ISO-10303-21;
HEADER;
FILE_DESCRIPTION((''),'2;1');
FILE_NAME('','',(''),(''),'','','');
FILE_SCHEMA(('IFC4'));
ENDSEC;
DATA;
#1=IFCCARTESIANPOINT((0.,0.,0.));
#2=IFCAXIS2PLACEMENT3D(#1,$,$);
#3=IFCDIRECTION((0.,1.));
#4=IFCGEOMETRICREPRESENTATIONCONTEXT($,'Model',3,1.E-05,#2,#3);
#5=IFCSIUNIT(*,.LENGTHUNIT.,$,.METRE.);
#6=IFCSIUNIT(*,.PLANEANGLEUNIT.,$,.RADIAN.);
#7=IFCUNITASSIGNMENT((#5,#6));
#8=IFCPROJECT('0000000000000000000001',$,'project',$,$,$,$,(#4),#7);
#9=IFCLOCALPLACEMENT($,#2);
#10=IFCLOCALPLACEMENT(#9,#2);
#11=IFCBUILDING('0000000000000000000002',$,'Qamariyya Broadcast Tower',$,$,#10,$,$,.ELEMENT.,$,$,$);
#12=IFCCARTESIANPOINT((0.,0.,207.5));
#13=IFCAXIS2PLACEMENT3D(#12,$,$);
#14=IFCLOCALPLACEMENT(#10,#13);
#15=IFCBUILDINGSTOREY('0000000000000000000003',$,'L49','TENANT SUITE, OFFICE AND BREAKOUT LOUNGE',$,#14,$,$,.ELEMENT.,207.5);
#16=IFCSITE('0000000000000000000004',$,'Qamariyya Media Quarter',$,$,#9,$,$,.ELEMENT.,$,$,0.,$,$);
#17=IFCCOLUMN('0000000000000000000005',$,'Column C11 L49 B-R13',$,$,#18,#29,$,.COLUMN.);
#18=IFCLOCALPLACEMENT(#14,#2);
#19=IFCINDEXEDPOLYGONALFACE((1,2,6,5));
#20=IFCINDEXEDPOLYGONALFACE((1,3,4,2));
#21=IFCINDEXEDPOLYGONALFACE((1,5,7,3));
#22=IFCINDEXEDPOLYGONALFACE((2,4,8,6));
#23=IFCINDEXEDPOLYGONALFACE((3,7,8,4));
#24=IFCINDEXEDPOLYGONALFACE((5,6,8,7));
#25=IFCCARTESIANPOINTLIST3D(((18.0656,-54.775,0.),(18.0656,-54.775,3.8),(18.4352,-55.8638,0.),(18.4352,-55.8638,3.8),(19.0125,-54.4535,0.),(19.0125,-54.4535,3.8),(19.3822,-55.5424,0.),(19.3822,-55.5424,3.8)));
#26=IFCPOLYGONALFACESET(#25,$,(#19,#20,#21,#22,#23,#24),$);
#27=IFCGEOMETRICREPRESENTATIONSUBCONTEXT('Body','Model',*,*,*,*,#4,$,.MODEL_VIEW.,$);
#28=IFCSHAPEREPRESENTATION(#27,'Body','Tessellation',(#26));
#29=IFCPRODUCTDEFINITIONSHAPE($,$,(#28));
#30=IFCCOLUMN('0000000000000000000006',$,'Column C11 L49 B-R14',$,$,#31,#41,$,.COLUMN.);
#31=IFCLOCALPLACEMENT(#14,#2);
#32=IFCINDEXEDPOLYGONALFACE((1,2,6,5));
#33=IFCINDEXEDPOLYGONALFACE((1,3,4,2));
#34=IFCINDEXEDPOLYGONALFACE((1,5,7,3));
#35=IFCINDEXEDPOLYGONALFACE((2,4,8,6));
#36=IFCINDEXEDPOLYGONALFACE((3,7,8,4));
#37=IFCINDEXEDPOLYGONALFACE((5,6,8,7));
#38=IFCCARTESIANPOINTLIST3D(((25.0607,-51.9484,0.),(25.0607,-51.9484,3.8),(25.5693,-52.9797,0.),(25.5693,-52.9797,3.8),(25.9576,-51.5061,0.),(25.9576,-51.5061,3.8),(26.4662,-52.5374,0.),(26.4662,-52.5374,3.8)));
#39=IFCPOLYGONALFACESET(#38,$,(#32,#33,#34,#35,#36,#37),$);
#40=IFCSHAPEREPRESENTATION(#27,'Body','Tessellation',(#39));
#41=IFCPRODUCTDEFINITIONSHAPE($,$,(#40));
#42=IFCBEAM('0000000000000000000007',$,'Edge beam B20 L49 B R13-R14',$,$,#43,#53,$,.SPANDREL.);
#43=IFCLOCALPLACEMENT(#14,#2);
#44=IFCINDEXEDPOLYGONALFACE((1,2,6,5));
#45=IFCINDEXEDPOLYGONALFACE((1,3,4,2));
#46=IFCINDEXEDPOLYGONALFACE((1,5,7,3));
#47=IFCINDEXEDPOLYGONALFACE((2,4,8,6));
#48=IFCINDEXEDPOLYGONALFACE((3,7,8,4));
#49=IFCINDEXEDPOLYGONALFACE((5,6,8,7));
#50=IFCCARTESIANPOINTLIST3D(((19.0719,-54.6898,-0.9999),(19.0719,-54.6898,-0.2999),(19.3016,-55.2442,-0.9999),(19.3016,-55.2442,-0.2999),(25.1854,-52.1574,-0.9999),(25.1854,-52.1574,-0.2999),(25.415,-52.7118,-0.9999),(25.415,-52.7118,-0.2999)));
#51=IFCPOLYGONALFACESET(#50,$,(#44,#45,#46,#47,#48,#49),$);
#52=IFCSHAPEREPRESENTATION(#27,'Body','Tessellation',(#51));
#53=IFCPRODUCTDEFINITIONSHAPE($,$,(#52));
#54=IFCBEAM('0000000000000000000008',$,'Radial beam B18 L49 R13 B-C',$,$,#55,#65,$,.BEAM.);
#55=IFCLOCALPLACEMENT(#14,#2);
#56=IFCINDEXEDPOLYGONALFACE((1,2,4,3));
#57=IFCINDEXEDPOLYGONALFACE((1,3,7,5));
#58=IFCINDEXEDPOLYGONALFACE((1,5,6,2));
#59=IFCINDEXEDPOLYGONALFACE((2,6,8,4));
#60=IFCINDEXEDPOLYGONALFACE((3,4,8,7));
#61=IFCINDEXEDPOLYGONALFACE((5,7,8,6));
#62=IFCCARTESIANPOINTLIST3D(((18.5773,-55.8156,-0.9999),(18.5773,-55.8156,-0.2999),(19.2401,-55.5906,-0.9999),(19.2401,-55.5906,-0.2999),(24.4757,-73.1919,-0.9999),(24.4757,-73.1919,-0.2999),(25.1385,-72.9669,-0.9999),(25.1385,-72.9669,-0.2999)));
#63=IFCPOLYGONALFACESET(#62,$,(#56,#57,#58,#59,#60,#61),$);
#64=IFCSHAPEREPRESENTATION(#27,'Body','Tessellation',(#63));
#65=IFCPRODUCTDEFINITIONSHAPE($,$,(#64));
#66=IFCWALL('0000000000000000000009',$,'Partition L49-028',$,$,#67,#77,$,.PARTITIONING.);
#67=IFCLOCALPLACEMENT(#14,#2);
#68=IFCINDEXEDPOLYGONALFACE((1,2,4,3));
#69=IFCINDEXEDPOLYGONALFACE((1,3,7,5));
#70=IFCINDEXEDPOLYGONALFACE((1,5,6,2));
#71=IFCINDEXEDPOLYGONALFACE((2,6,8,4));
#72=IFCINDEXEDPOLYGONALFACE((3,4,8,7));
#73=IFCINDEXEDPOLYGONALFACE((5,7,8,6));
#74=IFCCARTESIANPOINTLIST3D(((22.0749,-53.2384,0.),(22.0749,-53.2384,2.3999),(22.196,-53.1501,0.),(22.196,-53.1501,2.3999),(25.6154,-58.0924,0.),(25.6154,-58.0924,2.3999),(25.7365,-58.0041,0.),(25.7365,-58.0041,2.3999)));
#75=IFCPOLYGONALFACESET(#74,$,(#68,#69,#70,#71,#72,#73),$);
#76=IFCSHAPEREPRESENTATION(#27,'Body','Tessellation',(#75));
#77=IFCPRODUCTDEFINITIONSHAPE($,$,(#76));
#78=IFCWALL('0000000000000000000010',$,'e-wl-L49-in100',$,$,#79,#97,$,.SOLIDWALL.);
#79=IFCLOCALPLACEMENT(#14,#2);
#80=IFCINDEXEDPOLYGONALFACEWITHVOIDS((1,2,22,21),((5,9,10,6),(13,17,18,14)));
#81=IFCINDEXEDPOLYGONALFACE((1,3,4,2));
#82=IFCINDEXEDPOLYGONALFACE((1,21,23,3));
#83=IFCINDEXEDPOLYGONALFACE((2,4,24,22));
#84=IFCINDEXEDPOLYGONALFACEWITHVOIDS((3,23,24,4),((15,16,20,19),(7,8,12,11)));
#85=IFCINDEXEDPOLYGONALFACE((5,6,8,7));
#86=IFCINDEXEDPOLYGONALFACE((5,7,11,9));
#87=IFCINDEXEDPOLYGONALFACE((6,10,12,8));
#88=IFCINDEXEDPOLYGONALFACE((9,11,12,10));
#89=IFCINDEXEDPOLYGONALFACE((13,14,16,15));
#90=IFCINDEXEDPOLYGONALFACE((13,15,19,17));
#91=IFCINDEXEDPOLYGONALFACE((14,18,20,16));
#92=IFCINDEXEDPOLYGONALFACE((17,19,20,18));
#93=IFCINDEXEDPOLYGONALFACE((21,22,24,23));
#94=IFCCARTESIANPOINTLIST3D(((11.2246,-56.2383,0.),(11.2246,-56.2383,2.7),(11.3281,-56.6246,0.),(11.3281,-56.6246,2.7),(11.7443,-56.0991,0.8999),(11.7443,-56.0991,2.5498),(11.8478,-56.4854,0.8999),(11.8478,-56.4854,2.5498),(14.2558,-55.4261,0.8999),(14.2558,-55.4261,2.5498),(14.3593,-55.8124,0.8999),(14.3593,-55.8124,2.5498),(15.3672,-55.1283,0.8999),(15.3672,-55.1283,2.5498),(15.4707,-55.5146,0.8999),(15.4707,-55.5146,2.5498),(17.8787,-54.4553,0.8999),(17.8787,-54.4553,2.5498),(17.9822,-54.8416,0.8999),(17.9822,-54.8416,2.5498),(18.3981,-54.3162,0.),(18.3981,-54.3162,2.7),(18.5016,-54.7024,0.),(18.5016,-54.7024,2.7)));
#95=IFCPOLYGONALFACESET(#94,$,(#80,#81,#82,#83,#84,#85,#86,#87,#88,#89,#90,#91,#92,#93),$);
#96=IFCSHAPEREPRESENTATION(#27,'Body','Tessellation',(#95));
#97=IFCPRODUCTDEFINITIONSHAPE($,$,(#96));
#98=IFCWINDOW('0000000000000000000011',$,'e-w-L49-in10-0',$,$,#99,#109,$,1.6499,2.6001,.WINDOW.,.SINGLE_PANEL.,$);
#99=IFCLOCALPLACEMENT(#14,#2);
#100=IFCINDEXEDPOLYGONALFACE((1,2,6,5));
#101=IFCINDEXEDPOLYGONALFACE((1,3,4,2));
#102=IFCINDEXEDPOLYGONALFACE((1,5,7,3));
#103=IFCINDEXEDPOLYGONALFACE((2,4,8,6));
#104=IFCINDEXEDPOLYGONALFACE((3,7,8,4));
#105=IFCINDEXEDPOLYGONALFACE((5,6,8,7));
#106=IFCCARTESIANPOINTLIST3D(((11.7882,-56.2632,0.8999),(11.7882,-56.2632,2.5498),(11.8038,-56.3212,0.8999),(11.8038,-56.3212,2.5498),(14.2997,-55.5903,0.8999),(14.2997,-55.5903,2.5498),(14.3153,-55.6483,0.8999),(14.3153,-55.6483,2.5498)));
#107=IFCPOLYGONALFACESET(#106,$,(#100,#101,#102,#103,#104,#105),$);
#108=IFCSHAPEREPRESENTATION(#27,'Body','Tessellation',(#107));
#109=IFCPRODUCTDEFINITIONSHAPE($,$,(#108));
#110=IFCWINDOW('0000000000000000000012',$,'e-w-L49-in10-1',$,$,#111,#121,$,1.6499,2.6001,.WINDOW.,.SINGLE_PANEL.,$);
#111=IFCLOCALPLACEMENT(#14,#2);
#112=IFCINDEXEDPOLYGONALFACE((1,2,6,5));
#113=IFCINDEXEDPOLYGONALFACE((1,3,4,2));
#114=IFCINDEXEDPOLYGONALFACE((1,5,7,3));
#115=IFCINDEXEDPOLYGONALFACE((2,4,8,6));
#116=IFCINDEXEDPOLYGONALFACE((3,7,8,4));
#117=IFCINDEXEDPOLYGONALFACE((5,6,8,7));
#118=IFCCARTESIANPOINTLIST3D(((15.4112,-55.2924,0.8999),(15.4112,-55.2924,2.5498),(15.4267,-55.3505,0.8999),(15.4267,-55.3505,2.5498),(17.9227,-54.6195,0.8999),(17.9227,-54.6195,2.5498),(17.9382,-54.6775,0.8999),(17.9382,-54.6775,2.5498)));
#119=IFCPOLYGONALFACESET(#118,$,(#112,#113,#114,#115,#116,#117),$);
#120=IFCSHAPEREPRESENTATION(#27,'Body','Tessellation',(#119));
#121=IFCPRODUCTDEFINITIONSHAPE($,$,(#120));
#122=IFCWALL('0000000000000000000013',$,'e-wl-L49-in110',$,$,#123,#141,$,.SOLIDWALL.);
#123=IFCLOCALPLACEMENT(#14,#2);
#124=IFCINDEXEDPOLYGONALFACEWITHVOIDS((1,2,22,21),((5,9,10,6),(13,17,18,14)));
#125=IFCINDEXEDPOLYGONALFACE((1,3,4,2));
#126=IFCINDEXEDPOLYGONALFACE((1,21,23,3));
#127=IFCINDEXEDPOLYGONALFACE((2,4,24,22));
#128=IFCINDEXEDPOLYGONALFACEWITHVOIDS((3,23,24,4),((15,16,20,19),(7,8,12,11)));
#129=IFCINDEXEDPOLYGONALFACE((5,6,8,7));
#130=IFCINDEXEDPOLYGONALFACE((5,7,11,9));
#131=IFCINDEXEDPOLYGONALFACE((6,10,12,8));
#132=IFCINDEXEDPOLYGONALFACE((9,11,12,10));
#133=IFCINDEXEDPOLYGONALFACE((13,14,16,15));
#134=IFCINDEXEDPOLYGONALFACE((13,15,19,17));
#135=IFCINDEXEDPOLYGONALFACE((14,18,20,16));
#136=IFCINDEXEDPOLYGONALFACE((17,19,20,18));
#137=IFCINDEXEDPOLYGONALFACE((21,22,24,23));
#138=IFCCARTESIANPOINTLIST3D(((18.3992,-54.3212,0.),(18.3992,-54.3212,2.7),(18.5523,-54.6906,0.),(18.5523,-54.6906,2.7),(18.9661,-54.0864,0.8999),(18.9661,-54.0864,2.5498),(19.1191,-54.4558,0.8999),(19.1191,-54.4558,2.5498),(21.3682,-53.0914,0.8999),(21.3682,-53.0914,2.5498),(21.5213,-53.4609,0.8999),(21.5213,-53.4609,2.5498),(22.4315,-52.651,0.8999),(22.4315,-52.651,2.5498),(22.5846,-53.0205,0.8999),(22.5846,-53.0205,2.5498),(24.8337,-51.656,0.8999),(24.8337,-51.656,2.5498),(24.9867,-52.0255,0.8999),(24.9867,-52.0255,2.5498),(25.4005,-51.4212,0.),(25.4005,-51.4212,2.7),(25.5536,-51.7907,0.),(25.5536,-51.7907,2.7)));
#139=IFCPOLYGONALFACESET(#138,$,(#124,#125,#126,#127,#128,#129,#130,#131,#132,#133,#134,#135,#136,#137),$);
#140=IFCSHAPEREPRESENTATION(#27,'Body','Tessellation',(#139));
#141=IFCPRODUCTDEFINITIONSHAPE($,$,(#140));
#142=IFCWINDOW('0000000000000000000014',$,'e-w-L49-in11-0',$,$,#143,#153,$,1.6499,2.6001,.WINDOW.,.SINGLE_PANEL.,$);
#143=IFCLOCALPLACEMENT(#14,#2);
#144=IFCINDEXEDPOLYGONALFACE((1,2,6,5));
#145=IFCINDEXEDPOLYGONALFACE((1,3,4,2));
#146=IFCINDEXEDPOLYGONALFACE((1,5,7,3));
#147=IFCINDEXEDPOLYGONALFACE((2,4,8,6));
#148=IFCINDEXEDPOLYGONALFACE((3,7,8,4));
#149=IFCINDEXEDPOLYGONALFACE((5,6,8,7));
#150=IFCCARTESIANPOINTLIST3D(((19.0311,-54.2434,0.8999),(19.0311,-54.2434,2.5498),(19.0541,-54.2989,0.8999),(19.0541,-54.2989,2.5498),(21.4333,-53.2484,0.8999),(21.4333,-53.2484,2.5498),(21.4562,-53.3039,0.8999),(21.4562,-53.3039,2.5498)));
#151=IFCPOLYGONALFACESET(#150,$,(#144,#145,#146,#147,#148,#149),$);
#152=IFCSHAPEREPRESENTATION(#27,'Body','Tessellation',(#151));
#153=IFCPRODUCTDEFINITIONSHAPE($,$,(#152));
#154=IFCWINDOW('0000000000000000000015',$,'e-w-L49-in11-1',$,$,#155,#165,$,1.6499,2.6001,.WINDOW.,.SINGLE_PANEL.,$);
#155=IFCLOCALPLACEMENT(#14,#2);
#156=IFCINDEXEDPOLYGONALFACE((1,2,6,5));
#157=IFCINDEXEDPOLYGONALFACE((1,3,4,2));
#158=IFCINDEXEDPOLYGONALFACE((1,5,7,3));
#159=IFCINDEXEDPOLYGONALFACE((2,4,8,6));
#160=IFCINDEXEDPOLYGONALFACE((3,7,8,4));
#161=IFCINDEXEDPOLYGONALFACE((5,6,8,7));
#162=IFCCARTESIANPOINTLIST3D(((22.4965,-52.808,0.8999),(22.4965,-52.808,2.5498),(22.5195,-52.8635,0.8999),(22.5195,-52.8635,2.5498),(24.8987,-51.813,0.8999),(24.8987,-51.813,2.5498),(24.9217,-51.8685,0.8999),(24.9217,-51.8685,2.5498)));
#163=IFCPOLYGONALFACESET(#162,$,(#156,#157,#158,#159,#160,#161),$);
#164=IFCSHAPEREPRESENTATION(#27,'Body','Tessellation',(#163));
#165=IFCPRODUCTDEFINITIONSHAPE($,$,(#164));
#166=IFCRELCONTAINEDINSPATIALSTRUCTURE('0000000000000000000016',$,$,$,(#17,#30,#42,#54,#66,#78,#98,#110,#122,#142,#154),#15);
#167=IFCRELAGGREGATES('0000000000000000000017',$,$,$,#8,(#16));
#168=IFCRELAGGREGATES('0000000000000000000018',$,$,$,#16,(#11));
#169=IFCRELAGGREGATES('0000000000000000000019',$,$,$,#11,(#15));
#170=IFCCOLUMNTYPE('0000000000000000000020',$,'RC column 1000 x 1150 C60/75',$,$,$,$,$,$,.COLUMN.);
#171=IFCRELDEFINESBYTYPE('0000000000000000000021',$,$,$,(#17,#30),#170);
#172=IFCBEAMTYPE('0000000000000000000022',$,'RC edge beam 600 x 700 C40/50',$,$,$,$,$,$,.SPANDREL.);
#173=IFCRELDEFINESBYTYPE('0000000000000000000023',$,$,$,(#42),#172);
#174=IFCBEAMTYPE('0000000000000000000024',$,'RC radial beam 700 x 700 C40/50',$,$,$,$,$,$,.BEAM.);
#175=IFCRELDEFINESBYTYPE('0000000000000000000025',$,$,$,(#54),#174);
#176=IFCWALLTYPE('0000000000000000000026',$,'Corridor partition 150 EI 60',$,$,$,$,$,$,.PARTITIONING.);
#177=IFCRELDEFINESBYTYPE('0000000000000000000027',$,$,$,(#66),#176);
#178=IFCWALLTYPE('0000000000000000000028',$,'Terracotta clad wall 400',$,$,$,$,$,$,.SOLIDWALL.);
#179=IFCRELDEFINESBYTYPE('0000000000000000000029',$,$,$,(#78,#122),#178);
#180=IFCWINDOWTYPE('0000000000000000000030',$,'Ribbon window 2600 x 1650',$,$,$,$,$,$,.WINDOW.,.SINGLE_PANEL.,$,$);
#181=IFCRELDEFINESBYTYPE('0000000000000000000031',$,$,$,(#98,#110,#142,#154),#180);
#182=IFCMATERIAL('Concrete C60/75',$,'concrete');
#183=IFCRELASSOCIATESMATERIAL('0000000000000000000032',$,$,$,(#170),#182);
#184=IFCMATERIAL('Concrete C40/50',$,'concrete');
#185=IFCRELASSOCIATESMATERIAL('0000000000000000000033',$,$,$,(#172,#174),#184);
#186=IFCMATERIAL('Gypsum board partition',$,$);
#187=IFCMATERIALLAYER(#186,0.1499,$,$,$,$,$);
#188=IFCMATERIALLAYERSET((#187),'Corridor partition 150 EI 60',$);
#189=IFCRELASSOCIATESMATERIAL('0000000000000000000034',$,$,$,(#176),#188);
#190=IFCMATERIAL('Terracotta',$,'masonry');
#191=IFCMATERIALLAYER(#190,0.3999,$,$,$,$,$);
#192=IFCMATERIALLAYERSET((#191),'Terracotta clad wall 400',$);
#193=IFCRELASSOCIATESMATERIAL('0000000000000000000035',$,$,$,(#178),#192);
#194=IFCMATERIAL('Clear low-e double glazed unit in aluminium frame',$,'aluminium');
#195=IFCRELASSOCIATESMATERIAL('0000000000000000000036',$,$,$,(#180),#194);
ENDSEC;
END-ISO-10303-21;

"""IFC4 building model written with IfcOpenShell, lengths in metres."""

from ifc_helpers import new_model, si_unit, direction, frame, frame_2d, origin, origin_2d, place, context, subcontext, project, spatial, rectangle, extrude, material, layer, layer_set, material_profile, profile_set, type_object, element, fill, save


model = new_model("IFC4")

# Units and contexts
model_context = context("Model", 3, precision=1e-05, world=origin(), true_north=direction((0.0, 1.0)))
body_context = subcontext(model_context, "Body", "Model", "MODEL_VIEW")
ifc_project = project(units=[si_unit("LENGTHUNIT", "METRE"), si_unit("PLANEANGLEUNIT", "RADIAN")], contexts=[model_context])

# Site, building, storey
site_placement = place(None, origin())
site = spatial("IfcSite", under=ifc_project, at=site_placement, Name="Qamariyya Media Quarter", CompositionType="ELEMENT", RefElevation=0.0)
building_placement = place(site_placement, origin())
building = spatial("IfcBuilding", under=site, at=building_placement, Name="Qamariyya Broadcast Tower", CompositionType="ELEMENT")
storey_placement = place(building_placement, frame((0.0, 0.0, 207.5)))
storey = spatial("IfcBuildingStorey", under=building, at=storey_placement, Name="L49", Description="TENANT SUITE, OFFICE AND BREAKOUT LOUNGE", CompositionType="ELEMENT", Elevation=207.5)

# Columns
ifc_material_1 = material(Name="Concrete C60/75", Category="concrete")
ifc_material_profile_1 = material_profile(ifc_material_1, rectangle(XDim=1.0, YDim=1.1499, at=origin_2d()))
ifc_profile_set_1 = profile_set([ifc_material_profile_1], Name="Concrete C60/75")
column_type = type_object("IfcColumnType", Name="RC column 1000 x 1150 C60/75", PredefinedType="COLUMN", material=ifc_profile_set_1)
for number, where, z_axis, x_axis, name in (
    (1, (18.7239, -55.1587, 0.0), (0.0, 0.0, 1.0), (0.94693, 0.321439, 0.0), "Column C11 L49 B-R13"),
    (2, (25.7634, -52.2429, 0.0), (0.0, 0.0, 1.0), (0.896873, 0.442289, 0.0), "Column C11 L49 B-R14"),
):
    element("IfcColumn", number, at=place(storey_placement, frame(where, z_axis=z_axis, x_axis=x_axis)), inside=storey, type_object=column_type, Name=name, PredefinedType="COLUMN", context=body_context, shape_type="SweptSolid", body=[
        extrude(rectangle(XDim=1.0, YDim=1.1499, at=origin_2d()), origin(), (0.0, 0.0, 1.0), 3.8),
    ])

# Beams
ifc_material_2 = material(Name="Concrete C40/50", Category="concrete")
ifc_material_profile_2 = material_profile(ifc_material_2, rectangle(XDim=0.6001, YDim=0.7, at=origin_2d()))
ifc_profile_set_2 = profile_set([ifc_material_profile_2], Name="Concrete C40/50")
beam_type_1 = type_object("IfcBeamType", Name="RC edge beam 600 x 700 C40/50", PredefinedType="SPANDREL", material=ifc_profile_set_2)
beam_1_placement = place(storey_placement, frame((19.1868, -54.967, -0.6499), z_axis=(0.923871, 0.382705, 0.0), x_axis=(-0.382705, 0.923871, 0.0)))
element("IfcBeam", 3, at=beam_1_placement, inside=storey, type_object=beam_type_1, Name="Edge beam B20 L49 B R13-R14", PredefinedType="SPANDREL", context=body_context, shape_type="SweptSolid", body=[
    extrude(rectangle(XDim=0.6001, YDim=0.7, at=origin_2d()), origin(), (0.0, 0.0, 1.0), 6.6172),
])
ifc_material_profile_3 = material_profile(ifc_material_2, rectangle(XDim=0.7, YDim=0.7, at=origin_2d()))
ifc_profile_set_3 = profile_set([ifc_material_profile_3], Name="Concrete C40/50")
beam_type_2 = type_object("IfcBeamType", Name="RC radial beam 700 x 700 C40/50", PredefinedType="BEAM", material=ifc_profile_set_3)
beam_2_placement = place(storey_placement, frame((18.9087, -55.7031, -0.6499), z_axis=(0.32144, -0.94693, 0.0), x_axis=(0.94693, 0.32144, 0.0)))
element("IfcBeam", 4, at=beam_2_placement, inside=storey, type_object=beam_type_2, Name="Radial beam B18 L49 R13 B-C", PredefinedType="BEAM", context=body_context, shape_type="SweptSolid", body=[
    extrude(rectangle(XDim=0.7, YDim=0.7, at=origin_2d()), origin(), (0.0, 0.0, 1.0), 18.3501),
])

# Wall
ifc_material_3 = material(Name="Gypsum board partition")
ifc_layer_1 = layer(ifc_material_3, 0.1499)
ifc_layer_set_1 = layer_set([ifc_layer_1], Name="Corridor partition 150 EI 60")
wall_type_1 = type_object("IfcWallType", Name="Corridor partition 150 EI 60", PredefinedType="PARTITIONING", material=ifc_layer_set_1)
wall_1_placement = place(storey_placement, frame((22.1355, -53.1943, 0.0), z_axis=(0.0, 0.0, 1.0), x_axis=(0.589297, -0.807916, 0.0)))
element("IfcWall", 5, at=wall_1_placement, inside=storey, type_object=wall_type_1, Name="Partition L49-028", PredefinedType="PARTITIONING", context=body_context, shape_type="SweptSolid", body=[
    extrude(rectangle(XDim=6.0081, YDim=0.1499, at=frame_2d((3.0039, 0.0))), origin(), (0.0, 0.0, 1.0), 2.3999),
])

# Walls, openings, windows
ifc_material_4 = material(Name="Terracotta", Category="masonry")
ifc_layer_2 = layer(ifc_material_4, 0.3999)
ifc_layer_set_2 = layer_set([ifc_layer_2], Name="Terracotta clad wall 400")
wall_type_2 = type_object("IfcWallType", Name="Terracotta clad wall 400", PredefinedType="SOLIDWALL", material=ifc_layer_set_2)
wall_2_placement = place(storey_placement, frame((18.45, -54.5093, 0.0), z_axis=(0.0, 0.0, 1.0), x_axis=(-0.965925, -0.258823, 0.0)))
wall_2 = element("IfcWall", 6, at=wall_2_placement, inside=storey, type_object=wall_type_2, Name="e-wl-L49-in100", PredefinedType="SOLIDWALL", context=body_context, shape_type="SweptSolid", body=[
    extrude(rectangle(XDim=7.4265, YDim=0.3999, at=frame_2d((3.7134, 0.0))), origin(), (0.0, 0.0, 1.0), 2.7),
])
opening_1_placement = place(wall_2_placement, frame((4.2886, 0.0, 0.8999)))
opening_1 = element("IfcOpeningElement", 7, at=opening_1_placement, cuts=wall_2, PredefinedType="OPENING", context=body_context, shape_type="SweptSolid", body=[
    extrude(rectangle(XDim=2.6001, YDim=1.6499, at=frame_2d((1.3, 0.825))), frame((0.0, 0.21, 0.0), z_axis=(0.0, -1.0, 0.0), x_axis=(1.0, 0.0, 0.0)), (0.0, 0.0, 1.0), 0.4199),
])
opening_2_placement = place(wall_2_placement, frame((0.5378, 0.0, 0.8999)))
opening_2 = element("IfcOpeningElement", 8, at=opening_2_placement, cuts=wall_2, PredefinedType="OPENING", context=body_context, shape_type="SweptSolid", body=[
    extrude(rectangle(XDim=2.6001, YDim=1.6499, at=frame_2d((1.3, 0.825))), frame((0.0, 0.21, 0.0), z_axis=(0.0, -1.0, 0.0), x_axis=(1.0, 0.0, 0.0)), (0.0, 0.0, 1.0), 0.4199),
])
ifc_material_5 = material(Name="Clear low-e double glazed unit in aluminium frame", Category="aluminium")
window_type = type_object("IfcWindowType", Name="Ribbon window 2600 x 1650", PartitioningType="SINGLE_PANEL", PredefinedType="WINDOW", material=ifc_material_5)
window_1_placement = place(opening_1_placement, origin())
window_1 = element("IfcWindow", 9, at=window_1_placement, inside=storey, type_object=window_type, Name="e-w-L49-in10-0", OverallHeight=1.6499, OverallWidth=2.6001, PartitioningType="SINGLE_PANEL", PredefinedType="WINDOW", context=body_context, shape_type="SweptSolid", body=[
    extrude(rectangle(XDim=2.6001, YDim=1.6499, at=frame_2d((1.3, 0.825))), frame((0.0, 0.03, 0.0), z_axis=(0.0, -1.0, 0.0), x_axis=(1.0, 0.0, 0.0)), (0.0, 0.0, 1.0), 0.0601),
])
fill(opening_1, window_1)
window_2_placement = place(opening_2_placement, origin())
window_2 = element("IfcWindow", 10, at=window_2_placement, inside=storey, type_object=window_type, Name="e-w-L49-in10-1", OverallHeight=1.6499, OverallWidth=2.6001, PartitioningType="SINGLE_PANEL", PredefinedType="WINDOW", context=body_context, shape_type="SweptSolid", body=[
    extrude(rectangle(XDim=2.6001, YDim=1.6499, at=frame_2d((1.3, 0.825))), frame((0.0, 0.03, 0.0), z_axis=(0.0, -1.0, 0.0), x_axis=(1.0, 0.0, 0.0)), (0.0, 0.0, 1.0), 0.0601),
])
fill(opening_2, window_2)
wall_3_placement = place(storey_placement, frame((25.4771, -51.606, 0.0), z_axis=(0.0, 0.0, 1.0), x_axis=(-0.923884, -0.382672, 0.0)))
wall_3 = element("IfcWall", 11, at=wall_3_placement, inside=storey, type_object=wall_type_2, Name="e-wl-L49-in110", PredefinedType="SOLIDWALL", context=body_context, shape_type="SweptSolid", body=[
    extrude(rectangle(XDim=7.5781, YDim=0.3999, at=frame_2d((3.7891, 0.0))), origin(), (0.0, 0.0, 1.0), 2.7),
])
opening_3_placement = place(wall_3_placement, frame((4.3645, 0.0, 0.8999)))
opening_3 = element("IfcOpeningElement", 12, at=opening_3_placement, cuts=wall_3, PredefinedType="OPENING", context=body_context, shape_type="SweptSolid", body=[
    extrude(rectangle(XDim=2.6001, YDim=1.6499, at=frame_2d((1.3, 0.825))), frame((0.0, 0.21, 0.0), z_axis=(0.0, -1.0, 0.0), x_axis=(1.0, 0.0, 0.0)), (0.0, 0.0, 1.0), 0.4199),
])
opening_4_placement = place(wall_3_placement, frame((0.6135, 0.0, 0.8999)))
opening_4 = element("IfcOpeningElement", 13, at=opening_4_placement, cuts=wall_3, PredefinedType="OPENING", context=body_context, shape_type="SweptSolid", body=[
    extrude(rectangle(XDim=2.6001, YDim=1.6499, at=frame_2d((1.3, 0.825))), frame((0.0, 0.21, 0.0), z_axis=(0.0, -1.0, 0.0), x_axis=(1.0, 0.0, 0.0)), (0.0, 0.0, 1.0), 0.4199),
])
window_3_placement = place(opening_3_placement, origin())
window_3 = element("IfcWindow", 14, at=window_3_placement, inside=storey, type_object=window_type, Name="e-w-L49-in11-0", OverallHeight=1.6499, OverallWidth=2.6001, PartitioningType="SINGLE_PANEL", PredefinedType="WINDOW", context=body_context, shape_type="SweptSolid", body=[
    extrude(rectangle(XDim=2.6001, YDim=1.6499, at=frame_2d((1.3, 0.825))), frame((0.0, 0.03, 0.0), z_axis=(0.0, -1.0, 0.0), x_axis=(1.0, 0.0, 0.0)), (0.0, 0.0, 1.0), 0.0601),
])
fill(opening_3, window_3)
window_4_placement = place(opening_4_placement, origin())
window_4 = element("IfcWindow", 15, at=window_4_placement, inside=storey, type_object=window_type, Name="e-w-L49-in11-1", OverallHeight=1.6499, OverallWidth=2.6001, PartitioningType="SINGLE_PANEL", PredefinedType="WINDOW", context=body_context, shape_type="SweptSolid", body=[
    extrude(rectangle(XDim=2.6001, YDim=1.6499, at=frame_2d((1.3, 0.825))), frame((0.0, 0.03, 0.0), z_axis=(0.0, -1.0, 0.0), x_axis=(1.0, 0.0, 0.0)), (0.0, 0.0, 1.0), 0.0601),
])
fill(opening_4, window_4)

save(model, "model.ifc")
